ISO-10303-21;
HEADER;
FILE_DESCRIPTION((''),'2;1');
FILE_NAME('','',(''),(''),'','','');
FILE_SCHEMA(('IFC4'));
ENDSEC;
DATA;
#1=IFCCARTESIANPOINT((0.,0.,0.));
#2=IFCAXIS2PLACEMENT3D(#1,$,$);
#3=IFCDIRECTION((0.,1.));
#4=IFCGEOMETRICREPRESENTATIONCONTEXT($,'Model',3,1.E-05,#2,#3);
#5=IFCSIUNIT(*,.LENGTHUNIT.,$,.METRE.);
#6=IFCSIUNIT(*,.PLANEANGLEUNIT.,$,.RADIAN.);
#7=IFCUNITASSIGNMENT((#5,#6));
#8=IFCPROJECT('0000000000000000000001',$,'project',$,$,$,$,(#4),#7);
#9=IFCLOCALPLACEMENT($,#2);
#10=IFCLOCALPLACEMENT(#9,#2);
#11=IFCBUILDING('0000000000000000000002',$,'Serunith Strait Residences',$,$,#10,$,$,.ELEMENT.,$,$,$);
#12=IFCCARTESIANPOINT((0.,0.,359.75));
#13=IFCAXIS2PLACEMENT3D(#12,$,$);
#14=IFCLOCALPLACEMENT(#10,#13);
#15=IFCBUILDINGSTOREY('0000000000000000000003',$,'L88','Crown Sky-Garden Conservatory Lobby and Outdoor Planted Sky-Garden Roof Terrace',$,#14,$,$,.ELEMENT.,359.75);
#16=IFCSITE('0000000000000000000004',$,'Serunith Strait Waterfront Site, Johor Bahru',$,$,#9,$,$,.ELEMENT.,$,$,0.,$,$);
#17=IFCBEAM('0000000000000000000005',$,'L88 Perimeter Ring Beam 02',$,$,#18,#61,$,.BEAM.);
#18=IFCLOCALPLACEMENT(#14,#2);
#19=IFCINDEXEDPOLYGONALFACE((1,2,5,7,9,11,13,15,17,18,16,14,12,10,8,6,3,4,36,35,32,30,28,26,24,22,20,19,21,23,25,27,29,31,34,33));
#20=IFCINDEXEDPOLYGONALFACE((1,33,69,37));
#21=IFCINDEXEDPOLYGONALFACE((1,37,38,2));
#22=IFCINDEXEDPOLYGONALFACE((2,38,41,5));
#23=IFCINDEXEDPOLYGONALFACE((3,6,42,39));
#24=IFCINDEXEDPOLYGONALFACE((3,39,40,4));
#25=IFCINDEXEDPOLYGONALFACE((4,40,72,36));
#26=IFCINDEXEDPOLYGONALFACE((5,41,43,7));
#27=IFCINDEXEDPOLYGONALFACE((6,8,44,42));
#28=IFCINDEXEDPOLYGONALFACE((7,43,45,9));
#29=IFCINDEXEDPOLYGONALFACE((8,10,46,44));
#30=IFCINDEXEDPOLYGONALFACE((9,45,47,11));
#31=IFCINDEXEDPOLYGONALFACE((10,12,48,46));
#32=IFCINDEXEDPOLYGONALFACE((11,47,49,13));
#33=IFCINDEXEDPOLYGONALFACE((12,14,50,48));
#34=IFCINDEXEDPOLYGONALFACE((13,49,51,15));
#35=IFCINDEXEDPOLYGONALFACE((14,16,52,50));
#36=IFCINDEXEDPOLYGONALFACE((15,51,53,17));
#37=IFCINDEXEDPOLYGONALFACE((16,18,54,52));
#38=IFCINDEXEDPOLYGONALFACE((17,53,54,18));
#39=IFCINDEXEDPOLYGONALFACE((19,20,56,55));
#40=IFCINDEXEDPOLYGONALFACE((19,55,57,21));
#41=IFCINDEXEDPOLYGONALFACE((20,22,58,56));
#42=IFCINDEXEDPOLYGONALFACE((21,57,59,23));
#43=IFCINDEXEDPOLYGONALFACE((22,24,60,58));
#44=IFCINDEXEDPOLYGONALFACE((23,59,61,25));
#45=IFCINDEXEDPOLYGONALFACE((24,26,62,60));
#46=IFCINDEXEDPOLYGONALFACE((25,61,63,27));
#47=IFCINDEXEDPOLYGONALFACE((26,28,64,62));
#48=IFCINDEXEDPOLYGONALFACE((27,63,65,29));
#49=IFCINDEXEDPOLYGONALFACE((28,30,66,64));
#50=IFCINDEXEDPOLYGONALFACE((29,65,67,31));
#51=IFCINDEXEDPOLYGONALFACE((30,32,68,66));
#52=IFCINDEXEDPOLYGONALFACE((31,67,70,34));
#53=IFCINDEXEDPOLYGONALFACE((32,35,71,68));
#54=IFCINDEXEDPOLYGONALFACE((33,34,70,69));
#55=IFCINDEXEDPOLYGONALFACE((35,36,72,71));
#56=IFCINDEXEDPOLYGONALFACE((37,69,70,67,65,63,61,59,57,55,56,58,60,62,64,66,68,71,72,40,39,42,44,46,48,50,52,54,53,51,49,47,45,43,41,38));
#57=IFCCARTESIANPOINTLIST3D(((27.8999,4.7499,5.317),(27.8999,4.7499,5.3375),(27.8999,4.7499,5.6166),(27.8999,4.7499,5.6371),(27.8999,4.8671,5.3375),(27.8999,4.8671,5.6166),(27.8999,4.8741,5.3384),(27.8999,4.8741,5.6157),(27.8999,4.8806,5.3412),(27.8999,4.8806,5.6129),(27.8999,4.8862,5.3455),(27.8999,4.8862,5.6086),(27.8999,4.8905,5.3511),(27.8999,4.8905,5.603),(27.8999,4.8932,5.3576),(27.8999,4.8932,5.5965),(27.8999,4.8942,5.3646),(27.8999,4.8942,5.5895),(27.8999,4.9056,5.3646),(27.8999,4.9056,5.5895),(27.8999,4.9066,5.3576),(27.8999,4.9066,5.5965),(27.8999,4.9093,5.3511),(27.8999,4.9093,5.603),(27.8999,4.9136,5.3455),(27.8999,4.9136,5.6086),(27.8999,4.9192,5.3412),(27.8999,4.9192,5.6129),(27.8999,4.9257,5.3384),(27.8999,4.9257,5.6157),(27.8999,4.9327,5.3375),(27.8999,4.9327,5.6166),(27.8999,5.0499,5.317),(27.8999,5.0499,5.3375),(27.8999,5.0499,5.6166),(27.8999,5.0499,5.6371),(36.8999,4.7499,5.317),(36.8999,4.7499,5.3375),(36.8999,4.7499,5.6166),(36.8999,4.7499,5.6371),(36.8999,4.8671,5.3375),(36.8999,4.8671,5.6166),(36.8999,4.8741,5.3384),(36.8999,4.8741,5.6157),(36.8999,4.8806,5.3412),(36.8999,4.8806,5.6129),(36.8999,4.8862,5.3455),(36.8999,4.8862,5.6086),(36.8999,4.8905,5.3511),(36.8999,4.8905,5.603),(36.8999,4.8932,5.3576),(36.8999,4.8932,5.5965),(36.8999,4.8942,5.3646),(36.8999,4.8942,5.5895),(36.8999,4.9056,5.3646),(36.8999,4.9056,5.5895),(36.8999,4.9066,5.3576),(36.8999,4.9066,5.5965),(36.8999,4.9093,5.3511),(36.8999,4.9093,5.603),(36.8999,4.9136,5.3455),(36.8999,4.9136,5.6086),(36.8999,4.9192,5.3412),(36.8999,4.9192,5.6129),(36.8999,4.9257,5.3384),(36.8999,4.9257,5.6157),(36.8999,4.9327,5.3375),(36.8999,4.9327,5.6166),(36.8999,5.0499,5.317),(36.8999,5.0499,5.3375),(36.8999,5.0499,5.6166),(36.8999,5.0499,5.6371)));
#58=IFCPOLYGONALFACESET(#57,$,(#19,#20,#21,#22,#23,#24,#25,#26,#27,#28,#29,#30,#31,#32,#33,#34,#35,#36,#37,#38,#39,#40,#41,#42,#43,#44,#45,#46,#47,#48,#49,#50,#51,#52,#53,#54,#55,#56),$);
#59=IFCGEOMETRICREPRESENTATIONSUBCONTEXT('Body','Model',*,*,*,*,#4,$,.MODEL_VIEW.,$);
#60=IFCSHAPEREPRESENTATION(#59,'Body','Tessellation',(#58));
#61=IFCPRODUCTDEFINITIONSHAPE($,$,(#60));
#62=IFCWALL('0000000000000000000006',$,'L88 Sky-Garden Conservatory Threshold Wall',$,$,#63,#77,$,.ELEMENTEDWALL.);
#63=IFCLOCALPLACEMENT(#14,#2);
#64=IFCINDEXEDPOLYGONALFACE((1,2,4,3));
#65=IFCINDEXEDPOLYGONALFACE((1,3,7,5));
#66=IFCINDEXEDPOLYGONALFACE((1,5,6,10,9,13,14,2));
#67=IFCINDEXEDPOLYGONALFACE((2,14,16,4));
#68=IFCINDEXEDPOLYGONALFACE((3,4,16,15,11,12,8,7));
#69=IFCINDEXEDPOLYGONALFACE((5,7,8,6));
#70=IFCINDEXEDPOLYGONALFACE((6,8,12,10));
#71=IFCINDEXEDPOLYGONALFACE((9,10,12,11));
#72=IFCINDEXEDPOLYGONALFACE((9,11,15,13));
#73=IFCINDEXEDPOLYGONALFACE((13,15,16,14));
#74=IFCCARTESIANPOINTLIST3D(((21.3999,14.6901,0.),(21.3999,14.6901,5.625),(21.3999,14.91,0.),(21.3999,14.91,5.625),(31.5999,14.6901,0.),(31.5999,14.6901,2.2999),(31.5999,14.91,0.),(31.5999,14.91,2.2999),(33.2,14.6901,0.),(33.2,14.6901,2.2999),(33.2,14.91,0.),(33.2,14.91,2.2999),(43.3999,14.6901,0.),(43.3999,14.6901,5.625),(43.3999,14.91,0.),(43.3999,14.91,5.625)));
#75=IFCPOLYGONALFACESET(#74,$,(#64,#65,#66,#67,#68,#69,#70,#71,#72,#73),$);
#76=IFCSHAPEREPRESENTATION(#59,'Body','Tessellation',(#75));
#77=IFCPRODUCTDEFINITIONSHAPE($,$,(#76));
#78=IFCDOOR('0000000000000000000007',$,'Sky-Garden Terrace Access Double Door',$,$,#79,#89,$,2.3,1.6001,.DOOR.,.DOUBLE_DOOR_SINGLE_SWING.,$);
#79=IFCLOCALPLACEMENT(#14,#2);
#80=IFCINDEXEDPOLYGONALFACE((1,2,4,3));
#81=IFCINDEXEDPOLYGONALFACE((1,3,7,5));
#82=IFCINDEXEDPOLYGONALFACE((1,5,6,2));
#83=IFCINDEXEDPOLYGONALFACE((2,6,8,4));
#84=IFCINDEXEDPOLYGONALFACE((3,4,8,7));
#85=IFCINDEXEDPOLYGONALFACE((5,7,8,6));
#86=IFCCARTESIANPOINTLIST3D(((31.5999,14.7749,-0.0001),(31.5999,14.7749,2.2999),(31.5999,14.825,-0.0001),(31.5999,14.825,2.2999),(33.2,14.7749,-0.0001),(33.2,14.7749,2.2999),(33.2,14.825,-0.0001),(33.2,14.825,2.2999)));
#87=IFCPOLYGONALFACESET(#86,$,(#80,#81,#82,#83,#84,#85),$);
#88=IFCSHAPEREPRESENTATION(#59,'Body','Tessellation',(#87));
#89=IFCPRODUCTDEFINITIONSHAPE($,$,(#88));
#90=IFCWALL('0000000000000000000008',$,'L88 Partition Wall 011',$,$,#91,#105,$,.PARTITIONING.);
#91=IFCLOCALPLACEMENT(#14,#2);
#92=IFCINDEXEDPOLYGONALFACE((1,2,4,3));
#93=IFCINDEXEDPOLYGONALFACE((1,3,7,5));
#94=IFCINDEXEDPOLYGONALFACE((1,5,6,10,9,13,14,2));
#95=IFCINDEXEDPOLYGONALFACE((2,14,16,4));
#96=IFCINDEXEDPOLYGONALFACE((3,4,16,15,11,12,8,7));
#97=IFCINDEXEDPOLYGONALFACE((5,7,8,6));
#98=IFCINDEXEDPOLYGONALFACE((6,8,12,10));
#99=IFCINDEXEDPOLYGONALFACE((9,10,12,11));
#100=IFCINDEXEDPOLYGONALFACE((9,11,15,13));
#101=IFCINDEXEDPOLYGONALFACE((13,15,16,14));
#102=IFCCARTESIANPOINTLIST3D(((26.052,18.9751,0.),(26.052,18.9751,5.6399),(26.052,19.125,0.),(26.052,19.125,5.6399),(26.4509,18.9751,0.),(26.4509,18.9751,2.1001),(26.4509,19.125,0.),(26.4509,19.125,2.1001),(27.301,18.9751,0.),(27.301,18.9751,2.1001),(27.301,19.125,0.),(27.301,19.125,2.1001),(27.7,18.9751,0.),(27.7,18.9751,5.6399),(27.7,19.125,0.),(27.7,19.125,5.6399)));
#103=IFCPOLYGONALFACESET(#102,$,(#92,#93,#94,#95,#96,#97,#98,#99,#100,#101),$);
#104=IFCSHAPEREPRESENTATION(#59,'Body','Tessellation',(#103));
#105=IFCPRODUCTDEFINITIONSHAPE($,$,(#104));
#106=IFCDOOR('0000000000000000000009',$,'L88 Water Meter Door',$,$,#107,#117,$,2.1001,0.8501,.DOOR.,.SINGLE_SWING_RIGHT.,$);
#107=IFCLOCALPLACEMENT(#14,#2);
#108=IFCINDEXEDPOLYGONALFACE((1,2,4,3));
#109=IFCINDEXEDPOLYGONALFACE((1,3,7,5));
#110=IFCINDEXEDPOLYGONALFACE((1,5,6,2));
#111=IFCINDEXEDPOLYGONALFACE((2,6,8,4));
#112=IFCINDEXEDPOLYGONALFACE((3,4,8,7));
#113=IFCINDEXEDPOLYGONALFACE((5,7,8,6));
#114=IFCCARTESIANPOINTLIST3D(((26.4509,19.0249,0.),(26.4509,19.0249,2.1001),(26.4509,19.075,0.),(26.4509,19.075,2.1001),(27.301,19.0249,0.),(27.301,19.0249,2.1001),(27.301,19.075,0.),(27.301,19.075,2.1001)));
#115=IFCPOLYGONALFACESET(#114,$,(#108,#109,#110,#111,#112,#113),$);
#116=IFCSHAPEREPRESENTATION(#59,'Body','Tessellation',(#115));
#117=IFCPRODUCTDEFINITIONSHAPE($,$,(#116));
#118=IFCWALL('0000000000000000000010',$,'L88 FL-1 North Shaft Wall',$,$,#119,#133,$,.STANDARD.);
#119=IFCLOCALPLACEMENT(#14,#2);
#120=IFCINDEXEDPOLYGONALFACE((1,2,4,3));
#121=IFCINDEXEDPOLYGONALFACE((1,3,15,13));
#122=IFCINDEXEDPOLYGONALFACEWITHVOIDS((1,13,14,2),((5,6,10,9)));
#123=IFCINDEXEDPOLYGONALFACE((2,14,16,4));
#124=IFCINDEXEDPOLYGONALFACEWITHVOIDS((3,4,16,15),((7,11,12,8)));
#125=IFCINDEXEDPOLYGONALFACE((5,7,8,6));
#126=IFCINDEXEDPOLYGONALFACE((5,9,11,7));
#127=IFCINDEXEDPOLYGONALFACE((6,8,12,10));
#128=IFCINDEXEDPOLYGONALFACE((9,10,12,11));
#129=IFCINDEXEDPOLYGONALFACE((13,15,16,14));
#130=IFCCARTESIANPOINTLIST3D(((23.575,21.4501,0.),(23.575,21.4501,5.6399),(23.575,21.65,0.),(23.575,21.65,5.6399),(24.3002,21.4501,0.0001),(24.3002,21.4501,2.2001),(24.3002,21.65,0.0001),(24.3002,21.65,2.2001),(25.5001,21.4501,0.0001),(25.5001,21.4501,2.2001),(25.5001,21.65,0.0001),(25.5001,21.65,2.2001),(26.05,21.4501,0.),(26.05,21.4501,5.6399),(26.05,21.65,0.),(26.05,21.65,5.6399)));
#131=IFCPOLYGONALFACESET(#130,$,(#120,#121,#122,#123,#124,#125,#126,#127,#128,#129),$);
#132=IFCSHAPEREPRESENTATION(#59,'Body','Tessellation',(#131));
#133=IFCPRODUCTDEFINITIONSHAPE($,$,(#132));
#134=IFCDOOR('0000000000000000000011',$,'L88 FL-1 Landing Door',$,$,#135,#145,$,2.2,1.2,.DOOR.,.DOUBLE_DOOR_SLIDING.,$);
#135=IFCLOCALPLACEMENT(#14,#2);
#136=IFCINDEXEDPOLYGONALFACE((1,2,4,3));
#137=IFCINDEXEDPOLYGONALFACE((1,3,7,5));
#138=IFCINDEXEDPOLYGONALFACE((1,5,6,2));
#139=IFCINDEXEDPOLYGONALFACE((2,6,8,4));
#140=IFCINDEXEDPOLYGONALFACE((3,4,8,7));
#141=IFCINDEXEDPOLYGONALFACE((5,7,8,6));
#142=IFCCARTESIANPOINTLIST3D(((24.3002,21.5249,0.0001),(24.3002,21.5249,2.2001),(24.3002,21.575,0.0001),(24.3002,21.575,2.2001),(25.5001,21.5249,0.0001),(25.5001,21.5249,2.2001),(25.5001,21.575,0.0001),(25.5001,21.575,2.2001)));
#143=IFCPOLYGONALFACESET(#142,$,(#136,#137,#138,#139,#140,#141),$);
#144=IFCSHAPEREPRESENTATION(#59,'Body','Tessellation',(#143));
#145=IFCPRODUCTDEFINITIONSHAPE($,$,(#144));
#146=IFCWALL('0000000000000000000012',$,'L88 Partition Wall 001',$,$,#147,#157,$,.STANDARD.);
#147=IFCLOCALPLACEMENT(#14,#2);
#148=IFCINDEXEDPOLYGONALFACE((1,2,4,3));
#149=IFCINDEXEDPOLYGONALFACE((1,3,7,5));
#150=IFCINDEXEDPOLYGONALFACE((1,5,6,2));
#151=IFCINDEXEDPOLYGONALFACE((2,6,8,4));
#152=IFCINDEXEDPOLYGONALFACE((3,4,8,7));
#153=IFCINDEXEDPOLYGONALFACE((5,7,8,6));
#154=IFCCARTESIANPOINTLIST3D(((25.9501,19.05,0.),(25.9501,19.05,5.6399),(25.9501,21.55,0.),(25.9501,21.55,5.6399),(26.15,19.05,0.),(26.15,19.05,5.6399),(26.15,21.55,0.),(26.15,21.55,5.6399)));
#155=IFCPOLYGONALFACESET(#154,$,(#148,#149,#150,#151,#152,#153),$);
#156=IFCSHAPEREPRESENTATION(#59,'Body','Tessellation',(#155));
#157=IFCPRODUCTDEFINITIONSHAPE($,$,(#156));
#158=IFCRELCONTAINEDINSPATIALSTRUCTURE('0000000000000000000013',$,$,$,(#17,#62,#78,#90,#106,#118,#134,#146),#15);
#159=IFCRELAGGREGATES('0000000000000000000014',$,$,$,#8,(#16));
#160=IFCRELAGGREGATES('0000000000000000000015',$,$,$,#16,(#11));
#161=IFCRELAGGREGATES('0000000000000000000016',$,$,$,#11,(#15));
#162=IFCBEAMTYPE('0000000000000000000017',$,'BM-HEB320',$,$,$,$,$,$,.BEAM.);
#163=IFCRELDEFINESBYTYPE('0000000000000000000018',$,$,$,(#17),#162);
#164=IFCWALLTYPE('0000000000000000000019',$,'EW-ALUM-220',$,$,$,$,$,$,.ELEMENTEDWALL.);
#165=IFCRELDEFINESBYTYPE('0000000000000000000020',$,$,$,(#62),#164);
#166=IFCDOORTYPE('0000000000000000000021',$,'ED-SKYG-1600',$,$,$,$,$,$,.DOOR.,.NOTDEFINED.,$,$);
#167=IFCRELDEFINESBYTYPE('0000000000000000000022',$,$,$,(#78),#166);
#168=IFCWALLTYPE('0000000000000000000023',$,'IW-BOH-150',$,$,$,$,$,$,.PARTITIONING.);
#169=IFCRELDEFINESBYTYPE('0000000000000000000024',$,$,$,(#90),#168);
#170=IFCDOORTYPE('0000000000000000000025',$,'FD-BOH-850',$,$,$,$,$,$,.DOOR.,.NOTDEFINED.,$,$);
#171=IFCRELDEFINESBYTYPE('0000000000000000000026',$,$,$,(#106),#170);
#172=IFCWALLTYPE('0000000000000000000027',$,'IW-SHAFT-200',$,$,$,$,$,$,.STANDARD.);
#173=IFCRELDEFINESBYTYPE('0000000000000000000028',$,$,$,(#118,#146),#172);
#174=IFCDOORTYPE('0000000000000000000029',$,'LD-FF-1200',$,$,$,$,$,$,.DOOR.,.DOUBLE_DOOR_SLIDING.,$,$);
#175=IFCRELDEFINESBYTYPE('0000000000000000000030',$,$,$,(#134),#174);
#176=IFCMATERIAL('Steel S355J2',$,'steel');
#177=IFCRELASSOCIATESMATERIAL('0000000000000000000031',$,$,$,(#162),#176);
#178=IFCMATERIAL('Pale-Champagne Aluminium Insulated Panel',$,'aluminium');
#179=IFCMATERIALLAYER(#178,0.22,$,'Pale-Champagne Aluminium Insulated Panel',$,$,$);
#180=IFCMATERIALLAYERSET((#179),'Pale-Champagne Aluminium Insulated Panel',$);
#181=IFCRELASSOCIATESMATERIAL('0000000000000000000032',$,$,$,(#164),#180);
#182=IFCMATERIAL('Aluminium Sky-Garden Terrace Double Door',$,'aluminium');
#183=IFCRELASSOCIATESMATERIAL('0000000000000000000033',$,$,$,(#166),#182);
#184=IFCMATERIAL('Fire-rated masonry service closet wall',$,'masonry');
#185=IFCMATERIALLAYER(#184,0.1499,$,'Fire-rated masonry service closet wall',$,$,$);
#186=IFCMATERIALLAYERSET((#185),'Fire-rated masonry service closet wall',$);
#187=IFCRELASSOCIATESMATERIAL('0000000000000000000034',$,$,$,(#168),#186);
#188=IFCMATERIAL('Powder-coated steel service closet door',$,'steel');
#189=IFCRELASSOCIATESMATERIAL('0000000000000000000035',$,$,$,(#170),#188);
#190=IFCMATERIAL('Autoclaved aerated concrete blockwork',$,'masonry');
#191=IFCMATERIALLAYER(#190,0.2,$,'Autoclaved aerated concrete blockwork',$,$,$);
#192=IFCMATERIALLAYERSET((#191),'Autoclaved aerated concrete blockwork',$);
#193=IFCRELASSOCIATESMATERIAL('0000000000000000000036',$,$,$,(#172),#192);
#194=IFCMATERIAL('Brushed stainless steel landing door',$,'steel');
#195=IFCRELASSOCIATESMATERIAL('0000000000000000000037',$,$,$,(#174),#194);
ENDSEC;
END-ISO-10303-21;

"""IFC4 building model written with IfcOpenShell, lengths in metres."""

from ifc_helpers import new_model, si_unit, direction, frame, frame_2d, origin, origin_2d, place, context, subcontext, project, spatial, rectangle, i_section, extrude, source, transform, mapped, material, layer, layer_set, material_profile, profile_set, type_object, element, fill, save


model = new_model("IFC4")

# Units and contexts
model_context = context("Model", 3, precision=1e-05, world=origin(), true_north=direction((0.0, 1.0)))
body_context = subcontext(model_context, "Body", "Model", "MODEL_VIEW")
ifc_project = project(units=[si_unit("LENGTHUNIT", "METRE"), si_unit("PLANEANGLEUNIT", "RADIAN")], contexts=[model_context])

# Site, building, storey
site_placement = place(None, origin())
site = spatial("IfcSite", under=ifc_project, at=site_placement, Name="Serunith Strait Waterfront Site, Johor Bahru", CompositionType="ELEMENT", RefElevation=0.0)
building_placement = place(site_placement, origin())
building = spatial("IfcBuilding", under=site, at=building_placement, Name="Serunith Strait Residences", CompositionType="ELEMENT")
storey_placement = place(building_placement, frame((0.0, 0.0, 359.75)))
storey = spatial("IfcBuildingStorey", under=building, at=storey_placement, Name="L88", Description="Crown Sky-Garden Conservatory Lobby and Outdoor Planted Sky-Garden Roof Terrace", CompositionType="ELEMENT", Elevation=359.75)

# Beam
ifc_material_1 = material(Name="Steel S355J2", Category="steel")
ifc_material_profile_1 = material_profile(ifc_material_1, i_section(OverallWidth=0.3, OverallDepth=0.3201, WebThickness=0.0115, FlangeThickness=0.0205, FilletRadius=0.0271, at=origin_2d()), Name="HEB 320")
ifc_profile_set_1 = profile_set([ifc_material_profile_1], Name="Steel S355J2")
beam_type_1 = type_object("IfcBeamType", Name="BM-HEB320", PredefinedType="BEAM", material=ifc_profile_set_1)
shared_shape_1 = source(origin(), body_context, "Body", "SweptSolid", [
    extrude(i_section(OverallWidth=0.3, OverallDepth=0.3201, WebThickness=0.0115, FlangeThickness=0.0205, FilletRadius=0.0271, at=origin_2d()), origin(), (0.0, 0.0, 1.0), 9.0),
])
beam_1_placement = place(storey_placement, frame((27.8999, 4.8999, 5.4771), z_axis=(1.0, 0.0, 0.0), x_axis=(0.0, 1.0, 0.0)))
element("IfcBeam", 1, at=beam_1_placement, inside=storey, type_object=beam_type_1, Name="L88 Perimeter Ring Beam 02", PredefinedType="BEAM", context=body_context, shape_type="MappedRepresentation", body=[
    mapped(shared_shape_1, transform((0.0, 0.0, 0.0), scale=1.0)),
])

# Walls, openings, doors
ifc_material_2 = material(Name="Pale-Champagne Aluminium Insulated Panel", Category="aluminium")
ifc_layer_1 = layer(ifc_material_2, 0.22, Name="Pale-Champagne Aluminium Insulated Panel")
ifc_layer_set_1 = layer_set([ifc_layer_1], Name="Pale-Champagne Aluminium Insulated Panel")
wall_type_1 = type_object("IfcWallType", Name="EW-ALUM-220", PredefinedType="ELEMENTEDWALL", material=ifc_layer_set_1)
wall_1_placement = place(storey_placement, frame((21.3999, 14.8, 0.0), z_axis=(0.0, 0.0, 1.0), x_axis=(1.0, 0.0, 0.0)))
wall_1 = element("IfcWall", 2, at=wall_1_placement, inside=storey, type_object=wall_type_1, Name="L88 Sky-Garden Conservatory Threshold Wall", PredefinedType="ELEMENTEDWALL", context=body_context, shape_type="SweptSolid", body=[
    extrude(rectangle(XDim=22.0, YDim=0.22, at=frame_2d((11.0, 0.0))), origin(), (0.0, 0.0, 1.0), 5.625),
])
opening_1_placement = place(wall_1_placement, frame((10.2, 0.0, 0.0)))
opening_1 = element("IfcOpeningElement", 3, at=opening_1_placement, cuts=wall_1, PredefinedType="OPENING", context=body_context, shape_type="SweptSolid", body=[
    extrude(rectangle(XDim=1.6001, YDim=2.3, at=frame_2d((0.8, 1.1499))), frame((0.0, 0.1201, 0.0), z_axis=(0.0, -1.0, 0.0), x_axis=(1.0, 0.0, 0.0)), (0.0, 0.0, 1.0), 0.24),
])
ifc_material_3 = material(Name="Aluminium Sky-Garden Terrace Double Door", Category="aluminium")
door_type_1 = type_object("IfcDoorType", Name="ED-SKYG-1600", OperationType="NOTDEFINED", PredefinedType="DOOR", material=ifc_material_3)
shared_shape_2 = source(origin(), body_context, "Body", "SweptSolid", [
    extrude(rectangle(XDim=1.6001, YDim=2.3, at=frame_2d((0.8, 1.1499))), frame((0.0, 0.0249, 0.0), z_axis=(0.0, -1.0, 0.0), x_axis=(1.0, 0.0, 0.0)), (0.0, 0.0, 1.0), 0.05),
])
door_1_placement = place(opening_1_placement, origin())
door_1 = element("IfcDoor", 4, at=door_1_placement, inside=storey, type_object=door_type_1, Name="Sky-Garden Terrace Access Double Door", OperationType="DOUBLE_DOOR_SINGLE_SWING", OverallHeight=2.3, OverallWidth=1.6001, PredefinedType="DOOR", context=body_context, shape_type="MappedRepresentation", body=[
    mapped(shared_shape_2, transform((0.0, 0.0, 0.0), scale=1.0)),
])
fill(opening_1, door_1)
ifc_material_4 = material(Name="Fire-rated masonry service closet wall", Category="masonry")
ifc_layer_2 = layer(ifc_material_4, 0.1499, Name="Fire-rated masonry service closet wall")
ifc_layer_set_2 = layer_set([ifc_layer_2], Name="Fire-rated masonry service closet wall")
wall_type_2 = type_object("IfcWallType", Name="IW-BOH-150", PredefinedType="PARTITIONING", material=ifc_layer_set_2)
wall_2_placement = place(storey_placement, frame((26.052, 19.05, 0.0), z_axis=(0.0, 0.0, 1.0), x_axis=(1.0, 0.0, 0.0)))
wall_2 = element("IfcWall", 5, at=wall_2_placement, inside=storey, type_object=wall_type_2, Name="L88 Partition Wall 011", PredefinedType="PARTITIONING", context=body_context, shape_type="SweptSolid", body=[
    extrude(rectangle(XDim=1.6479, YDim=0.1499, at=frame_2d((0.824, 0.0))), origin(), (0.0, 0.0, 1.0), 5.6399),
])
opening_2_placement = place(wall_2_placement, frame((0.3989, 0.0, 0.0)))
opening_2 = element("IfcOpeningElement", 6, at=opening_2_placement, cuts=wall_2, PredefinedType="OPENING", context=body_context, shape_type="SweptSolid", body=[
    extrude(rectangle(XDim=0.8501, YDim=2.1001, at=frame_2d((0.425, 1.05))), frame((0.0, 0.085, 0.0), z_axis=(0.0, -1.0, 0.0), x_axis=(1.0, 0.0, 0.0)), (0.0, 0.0, 1.0), 0.1699),
])
ifc_material_5 = material(Name="Powder-coated steel service closet door", Category="steel")
door_type_2 = type_object("IfcDoorType", Name="FD-BOH-850", OperationType="NOTDEFINED", PredefinedType="DOOR", material=ifc_material_5)
shared_shape_3 = source(origin(), body_context, "Body", "SweptSolid", [
    extrude(rectangle(XDim=0.8501, YDim=2.1001, at=frame_2d((0.425, 1.05))), frame((0.0, 0.0249, 0.0), z_axis=(0.0, -1.0, 0.0), x_axis=(1.0, 0.0, 0.0)), (0.0, 0.0, 1.0), 0.05),
])
door_2_placement = place(opening_2_placement, origin())
door_2 = element("IfcDoor", 7, at=door_2_placement, inside=storey, type_object=door_type_2, Name="L88 Water Meter Door", OperationType="SINGLE_SWING_RIGHT", OverallHeight=2.1001, OverallWidth=0.8501, PredefinedType="DOOR", context=body_context, shape_type="MappedRepresentation", body=[
    mapped(shared_shape_3, transform((0.0, 0.0, 0.0), scale=1.0)),
])
fill(opening_2, door_2)
ifc_material_6 = material(Name="Autoclaved aerated concrete blockwork", Category="masonry")
ifc_layer_3 = layer(ifc_material_6, 0.2, Name="Autoclaved aerated concrete blockwork")
ifc_layer_set_3 = layer_set([ifc_layer_3], Name="Autoclaved aerated concrete blockwork")
wall_type_3 = type_object("IfcWallType", Name="IW-SHAFT-200", PredefinedType="STANDARD", material=ifc_layer_set_3)
wall_3_placement = place(storey_placement, frame((23.575, 21.55, 0.0), z_axis=(0.0, 0.0, 1.0), x_axis=(1.0, 0.0, 0.0)))
wall_3 = element("IfcWall", 8, at=wall_3_placement, inside=storey, type_object=wall_type_3, Name="L88 FL-1 North Shaft Wall", PredefinedType="STANDARD", context=body_context, shape_type="SweptSolid", body=[
    extrude(rectangle(XDim=2.4751, YDim=0.2, at=frame_2d((1.2375, 0.0))), origin(), (0.0, 0.0, 1.0), 5.6399),
])
opening_3_placement = place(wall_3_placement, frame((0.7251, 0.0, 0.0)))
opening_3 = element("IfcOpeningElement", 9, at=opening_3_placement, cuts=wall_3, PredefinedType="OPENING", context=body_context, shape_type="SweptSolid", body=[
    extrude(rectangle(XDim=1.2, YDim=2.2, at=frame_2d((0.6001, 1.1001))), frame((0.0, 0.1099, 0.0), z_axis=(0.0, -1.0, 0.0), x_axis=(1.0, 0.0, 0.0)), (0.0, 0.0, 1.0), 0.22),
])
ifc_material_7 = material(Name="Brushed stainless steel landing door", Category="steel")
door_type_3 = type_object("IfcDoorType", Name="LD-FF-1200", OperationType="DOUBLE_DOOR_SLIDING", PredefinedType="DOOR", material=ifc_material_7)
shared_shape_4 = source(origin(), body_context, "Body", "SweptSolid", [
    extrude(rectangle(XDim=1.2, YDim=2.2, at=frame_2d((0.6001, 1.1001))), frame((0.0, 0.0249, 0.0), z_axis=(0.0, -1.0, 0.0), x_axis=(1.0, 0.0, 0.0)), (0.0, 0.0, 1.0), 0.05),
])
door_3_placement = place(opening_3_placement, origin())
door_3 = element("IfcDoor", 10, at=door_3_placement, inside=storey, type_object=door_type_3, Name="L88 FL-1 Landing Door", OperationType="DOUBLE_DOOR_SLIDING", OverallHeight=2.2, OverallWidth=1.2, PredefinedType="DOOR", context=body_context, shape_type="MappedRepresentation", body=[
    mapped(shared_shape_4, transform((0.0, 0.0, 0.0), scale=1.0)),
])
fill(opening_3, door_3)

# Wall
wall_4_placement = place(storey_placement, frame((26.05, 19.05, 0.0), z_axis=(0.0, 0.0, 1.0), x_axis=(0.0, 1.0, 0.0)))
element("IfcWall", 11, at=wall_4_placement, inside=storey, type_object=wall_type_3, Name="L88 Partition Wall 001", PredefinedType="STANDARD", context=body_context, shape_type="SweptSolid", body=[
    extrude(rectangle(XDim=2.5, YDim=0.2, at=frame_2d((1.25, 0.0))), origin(), (0.0, 0.0, 1.0), 5.6399),
])

save(model, "model.ifc")
